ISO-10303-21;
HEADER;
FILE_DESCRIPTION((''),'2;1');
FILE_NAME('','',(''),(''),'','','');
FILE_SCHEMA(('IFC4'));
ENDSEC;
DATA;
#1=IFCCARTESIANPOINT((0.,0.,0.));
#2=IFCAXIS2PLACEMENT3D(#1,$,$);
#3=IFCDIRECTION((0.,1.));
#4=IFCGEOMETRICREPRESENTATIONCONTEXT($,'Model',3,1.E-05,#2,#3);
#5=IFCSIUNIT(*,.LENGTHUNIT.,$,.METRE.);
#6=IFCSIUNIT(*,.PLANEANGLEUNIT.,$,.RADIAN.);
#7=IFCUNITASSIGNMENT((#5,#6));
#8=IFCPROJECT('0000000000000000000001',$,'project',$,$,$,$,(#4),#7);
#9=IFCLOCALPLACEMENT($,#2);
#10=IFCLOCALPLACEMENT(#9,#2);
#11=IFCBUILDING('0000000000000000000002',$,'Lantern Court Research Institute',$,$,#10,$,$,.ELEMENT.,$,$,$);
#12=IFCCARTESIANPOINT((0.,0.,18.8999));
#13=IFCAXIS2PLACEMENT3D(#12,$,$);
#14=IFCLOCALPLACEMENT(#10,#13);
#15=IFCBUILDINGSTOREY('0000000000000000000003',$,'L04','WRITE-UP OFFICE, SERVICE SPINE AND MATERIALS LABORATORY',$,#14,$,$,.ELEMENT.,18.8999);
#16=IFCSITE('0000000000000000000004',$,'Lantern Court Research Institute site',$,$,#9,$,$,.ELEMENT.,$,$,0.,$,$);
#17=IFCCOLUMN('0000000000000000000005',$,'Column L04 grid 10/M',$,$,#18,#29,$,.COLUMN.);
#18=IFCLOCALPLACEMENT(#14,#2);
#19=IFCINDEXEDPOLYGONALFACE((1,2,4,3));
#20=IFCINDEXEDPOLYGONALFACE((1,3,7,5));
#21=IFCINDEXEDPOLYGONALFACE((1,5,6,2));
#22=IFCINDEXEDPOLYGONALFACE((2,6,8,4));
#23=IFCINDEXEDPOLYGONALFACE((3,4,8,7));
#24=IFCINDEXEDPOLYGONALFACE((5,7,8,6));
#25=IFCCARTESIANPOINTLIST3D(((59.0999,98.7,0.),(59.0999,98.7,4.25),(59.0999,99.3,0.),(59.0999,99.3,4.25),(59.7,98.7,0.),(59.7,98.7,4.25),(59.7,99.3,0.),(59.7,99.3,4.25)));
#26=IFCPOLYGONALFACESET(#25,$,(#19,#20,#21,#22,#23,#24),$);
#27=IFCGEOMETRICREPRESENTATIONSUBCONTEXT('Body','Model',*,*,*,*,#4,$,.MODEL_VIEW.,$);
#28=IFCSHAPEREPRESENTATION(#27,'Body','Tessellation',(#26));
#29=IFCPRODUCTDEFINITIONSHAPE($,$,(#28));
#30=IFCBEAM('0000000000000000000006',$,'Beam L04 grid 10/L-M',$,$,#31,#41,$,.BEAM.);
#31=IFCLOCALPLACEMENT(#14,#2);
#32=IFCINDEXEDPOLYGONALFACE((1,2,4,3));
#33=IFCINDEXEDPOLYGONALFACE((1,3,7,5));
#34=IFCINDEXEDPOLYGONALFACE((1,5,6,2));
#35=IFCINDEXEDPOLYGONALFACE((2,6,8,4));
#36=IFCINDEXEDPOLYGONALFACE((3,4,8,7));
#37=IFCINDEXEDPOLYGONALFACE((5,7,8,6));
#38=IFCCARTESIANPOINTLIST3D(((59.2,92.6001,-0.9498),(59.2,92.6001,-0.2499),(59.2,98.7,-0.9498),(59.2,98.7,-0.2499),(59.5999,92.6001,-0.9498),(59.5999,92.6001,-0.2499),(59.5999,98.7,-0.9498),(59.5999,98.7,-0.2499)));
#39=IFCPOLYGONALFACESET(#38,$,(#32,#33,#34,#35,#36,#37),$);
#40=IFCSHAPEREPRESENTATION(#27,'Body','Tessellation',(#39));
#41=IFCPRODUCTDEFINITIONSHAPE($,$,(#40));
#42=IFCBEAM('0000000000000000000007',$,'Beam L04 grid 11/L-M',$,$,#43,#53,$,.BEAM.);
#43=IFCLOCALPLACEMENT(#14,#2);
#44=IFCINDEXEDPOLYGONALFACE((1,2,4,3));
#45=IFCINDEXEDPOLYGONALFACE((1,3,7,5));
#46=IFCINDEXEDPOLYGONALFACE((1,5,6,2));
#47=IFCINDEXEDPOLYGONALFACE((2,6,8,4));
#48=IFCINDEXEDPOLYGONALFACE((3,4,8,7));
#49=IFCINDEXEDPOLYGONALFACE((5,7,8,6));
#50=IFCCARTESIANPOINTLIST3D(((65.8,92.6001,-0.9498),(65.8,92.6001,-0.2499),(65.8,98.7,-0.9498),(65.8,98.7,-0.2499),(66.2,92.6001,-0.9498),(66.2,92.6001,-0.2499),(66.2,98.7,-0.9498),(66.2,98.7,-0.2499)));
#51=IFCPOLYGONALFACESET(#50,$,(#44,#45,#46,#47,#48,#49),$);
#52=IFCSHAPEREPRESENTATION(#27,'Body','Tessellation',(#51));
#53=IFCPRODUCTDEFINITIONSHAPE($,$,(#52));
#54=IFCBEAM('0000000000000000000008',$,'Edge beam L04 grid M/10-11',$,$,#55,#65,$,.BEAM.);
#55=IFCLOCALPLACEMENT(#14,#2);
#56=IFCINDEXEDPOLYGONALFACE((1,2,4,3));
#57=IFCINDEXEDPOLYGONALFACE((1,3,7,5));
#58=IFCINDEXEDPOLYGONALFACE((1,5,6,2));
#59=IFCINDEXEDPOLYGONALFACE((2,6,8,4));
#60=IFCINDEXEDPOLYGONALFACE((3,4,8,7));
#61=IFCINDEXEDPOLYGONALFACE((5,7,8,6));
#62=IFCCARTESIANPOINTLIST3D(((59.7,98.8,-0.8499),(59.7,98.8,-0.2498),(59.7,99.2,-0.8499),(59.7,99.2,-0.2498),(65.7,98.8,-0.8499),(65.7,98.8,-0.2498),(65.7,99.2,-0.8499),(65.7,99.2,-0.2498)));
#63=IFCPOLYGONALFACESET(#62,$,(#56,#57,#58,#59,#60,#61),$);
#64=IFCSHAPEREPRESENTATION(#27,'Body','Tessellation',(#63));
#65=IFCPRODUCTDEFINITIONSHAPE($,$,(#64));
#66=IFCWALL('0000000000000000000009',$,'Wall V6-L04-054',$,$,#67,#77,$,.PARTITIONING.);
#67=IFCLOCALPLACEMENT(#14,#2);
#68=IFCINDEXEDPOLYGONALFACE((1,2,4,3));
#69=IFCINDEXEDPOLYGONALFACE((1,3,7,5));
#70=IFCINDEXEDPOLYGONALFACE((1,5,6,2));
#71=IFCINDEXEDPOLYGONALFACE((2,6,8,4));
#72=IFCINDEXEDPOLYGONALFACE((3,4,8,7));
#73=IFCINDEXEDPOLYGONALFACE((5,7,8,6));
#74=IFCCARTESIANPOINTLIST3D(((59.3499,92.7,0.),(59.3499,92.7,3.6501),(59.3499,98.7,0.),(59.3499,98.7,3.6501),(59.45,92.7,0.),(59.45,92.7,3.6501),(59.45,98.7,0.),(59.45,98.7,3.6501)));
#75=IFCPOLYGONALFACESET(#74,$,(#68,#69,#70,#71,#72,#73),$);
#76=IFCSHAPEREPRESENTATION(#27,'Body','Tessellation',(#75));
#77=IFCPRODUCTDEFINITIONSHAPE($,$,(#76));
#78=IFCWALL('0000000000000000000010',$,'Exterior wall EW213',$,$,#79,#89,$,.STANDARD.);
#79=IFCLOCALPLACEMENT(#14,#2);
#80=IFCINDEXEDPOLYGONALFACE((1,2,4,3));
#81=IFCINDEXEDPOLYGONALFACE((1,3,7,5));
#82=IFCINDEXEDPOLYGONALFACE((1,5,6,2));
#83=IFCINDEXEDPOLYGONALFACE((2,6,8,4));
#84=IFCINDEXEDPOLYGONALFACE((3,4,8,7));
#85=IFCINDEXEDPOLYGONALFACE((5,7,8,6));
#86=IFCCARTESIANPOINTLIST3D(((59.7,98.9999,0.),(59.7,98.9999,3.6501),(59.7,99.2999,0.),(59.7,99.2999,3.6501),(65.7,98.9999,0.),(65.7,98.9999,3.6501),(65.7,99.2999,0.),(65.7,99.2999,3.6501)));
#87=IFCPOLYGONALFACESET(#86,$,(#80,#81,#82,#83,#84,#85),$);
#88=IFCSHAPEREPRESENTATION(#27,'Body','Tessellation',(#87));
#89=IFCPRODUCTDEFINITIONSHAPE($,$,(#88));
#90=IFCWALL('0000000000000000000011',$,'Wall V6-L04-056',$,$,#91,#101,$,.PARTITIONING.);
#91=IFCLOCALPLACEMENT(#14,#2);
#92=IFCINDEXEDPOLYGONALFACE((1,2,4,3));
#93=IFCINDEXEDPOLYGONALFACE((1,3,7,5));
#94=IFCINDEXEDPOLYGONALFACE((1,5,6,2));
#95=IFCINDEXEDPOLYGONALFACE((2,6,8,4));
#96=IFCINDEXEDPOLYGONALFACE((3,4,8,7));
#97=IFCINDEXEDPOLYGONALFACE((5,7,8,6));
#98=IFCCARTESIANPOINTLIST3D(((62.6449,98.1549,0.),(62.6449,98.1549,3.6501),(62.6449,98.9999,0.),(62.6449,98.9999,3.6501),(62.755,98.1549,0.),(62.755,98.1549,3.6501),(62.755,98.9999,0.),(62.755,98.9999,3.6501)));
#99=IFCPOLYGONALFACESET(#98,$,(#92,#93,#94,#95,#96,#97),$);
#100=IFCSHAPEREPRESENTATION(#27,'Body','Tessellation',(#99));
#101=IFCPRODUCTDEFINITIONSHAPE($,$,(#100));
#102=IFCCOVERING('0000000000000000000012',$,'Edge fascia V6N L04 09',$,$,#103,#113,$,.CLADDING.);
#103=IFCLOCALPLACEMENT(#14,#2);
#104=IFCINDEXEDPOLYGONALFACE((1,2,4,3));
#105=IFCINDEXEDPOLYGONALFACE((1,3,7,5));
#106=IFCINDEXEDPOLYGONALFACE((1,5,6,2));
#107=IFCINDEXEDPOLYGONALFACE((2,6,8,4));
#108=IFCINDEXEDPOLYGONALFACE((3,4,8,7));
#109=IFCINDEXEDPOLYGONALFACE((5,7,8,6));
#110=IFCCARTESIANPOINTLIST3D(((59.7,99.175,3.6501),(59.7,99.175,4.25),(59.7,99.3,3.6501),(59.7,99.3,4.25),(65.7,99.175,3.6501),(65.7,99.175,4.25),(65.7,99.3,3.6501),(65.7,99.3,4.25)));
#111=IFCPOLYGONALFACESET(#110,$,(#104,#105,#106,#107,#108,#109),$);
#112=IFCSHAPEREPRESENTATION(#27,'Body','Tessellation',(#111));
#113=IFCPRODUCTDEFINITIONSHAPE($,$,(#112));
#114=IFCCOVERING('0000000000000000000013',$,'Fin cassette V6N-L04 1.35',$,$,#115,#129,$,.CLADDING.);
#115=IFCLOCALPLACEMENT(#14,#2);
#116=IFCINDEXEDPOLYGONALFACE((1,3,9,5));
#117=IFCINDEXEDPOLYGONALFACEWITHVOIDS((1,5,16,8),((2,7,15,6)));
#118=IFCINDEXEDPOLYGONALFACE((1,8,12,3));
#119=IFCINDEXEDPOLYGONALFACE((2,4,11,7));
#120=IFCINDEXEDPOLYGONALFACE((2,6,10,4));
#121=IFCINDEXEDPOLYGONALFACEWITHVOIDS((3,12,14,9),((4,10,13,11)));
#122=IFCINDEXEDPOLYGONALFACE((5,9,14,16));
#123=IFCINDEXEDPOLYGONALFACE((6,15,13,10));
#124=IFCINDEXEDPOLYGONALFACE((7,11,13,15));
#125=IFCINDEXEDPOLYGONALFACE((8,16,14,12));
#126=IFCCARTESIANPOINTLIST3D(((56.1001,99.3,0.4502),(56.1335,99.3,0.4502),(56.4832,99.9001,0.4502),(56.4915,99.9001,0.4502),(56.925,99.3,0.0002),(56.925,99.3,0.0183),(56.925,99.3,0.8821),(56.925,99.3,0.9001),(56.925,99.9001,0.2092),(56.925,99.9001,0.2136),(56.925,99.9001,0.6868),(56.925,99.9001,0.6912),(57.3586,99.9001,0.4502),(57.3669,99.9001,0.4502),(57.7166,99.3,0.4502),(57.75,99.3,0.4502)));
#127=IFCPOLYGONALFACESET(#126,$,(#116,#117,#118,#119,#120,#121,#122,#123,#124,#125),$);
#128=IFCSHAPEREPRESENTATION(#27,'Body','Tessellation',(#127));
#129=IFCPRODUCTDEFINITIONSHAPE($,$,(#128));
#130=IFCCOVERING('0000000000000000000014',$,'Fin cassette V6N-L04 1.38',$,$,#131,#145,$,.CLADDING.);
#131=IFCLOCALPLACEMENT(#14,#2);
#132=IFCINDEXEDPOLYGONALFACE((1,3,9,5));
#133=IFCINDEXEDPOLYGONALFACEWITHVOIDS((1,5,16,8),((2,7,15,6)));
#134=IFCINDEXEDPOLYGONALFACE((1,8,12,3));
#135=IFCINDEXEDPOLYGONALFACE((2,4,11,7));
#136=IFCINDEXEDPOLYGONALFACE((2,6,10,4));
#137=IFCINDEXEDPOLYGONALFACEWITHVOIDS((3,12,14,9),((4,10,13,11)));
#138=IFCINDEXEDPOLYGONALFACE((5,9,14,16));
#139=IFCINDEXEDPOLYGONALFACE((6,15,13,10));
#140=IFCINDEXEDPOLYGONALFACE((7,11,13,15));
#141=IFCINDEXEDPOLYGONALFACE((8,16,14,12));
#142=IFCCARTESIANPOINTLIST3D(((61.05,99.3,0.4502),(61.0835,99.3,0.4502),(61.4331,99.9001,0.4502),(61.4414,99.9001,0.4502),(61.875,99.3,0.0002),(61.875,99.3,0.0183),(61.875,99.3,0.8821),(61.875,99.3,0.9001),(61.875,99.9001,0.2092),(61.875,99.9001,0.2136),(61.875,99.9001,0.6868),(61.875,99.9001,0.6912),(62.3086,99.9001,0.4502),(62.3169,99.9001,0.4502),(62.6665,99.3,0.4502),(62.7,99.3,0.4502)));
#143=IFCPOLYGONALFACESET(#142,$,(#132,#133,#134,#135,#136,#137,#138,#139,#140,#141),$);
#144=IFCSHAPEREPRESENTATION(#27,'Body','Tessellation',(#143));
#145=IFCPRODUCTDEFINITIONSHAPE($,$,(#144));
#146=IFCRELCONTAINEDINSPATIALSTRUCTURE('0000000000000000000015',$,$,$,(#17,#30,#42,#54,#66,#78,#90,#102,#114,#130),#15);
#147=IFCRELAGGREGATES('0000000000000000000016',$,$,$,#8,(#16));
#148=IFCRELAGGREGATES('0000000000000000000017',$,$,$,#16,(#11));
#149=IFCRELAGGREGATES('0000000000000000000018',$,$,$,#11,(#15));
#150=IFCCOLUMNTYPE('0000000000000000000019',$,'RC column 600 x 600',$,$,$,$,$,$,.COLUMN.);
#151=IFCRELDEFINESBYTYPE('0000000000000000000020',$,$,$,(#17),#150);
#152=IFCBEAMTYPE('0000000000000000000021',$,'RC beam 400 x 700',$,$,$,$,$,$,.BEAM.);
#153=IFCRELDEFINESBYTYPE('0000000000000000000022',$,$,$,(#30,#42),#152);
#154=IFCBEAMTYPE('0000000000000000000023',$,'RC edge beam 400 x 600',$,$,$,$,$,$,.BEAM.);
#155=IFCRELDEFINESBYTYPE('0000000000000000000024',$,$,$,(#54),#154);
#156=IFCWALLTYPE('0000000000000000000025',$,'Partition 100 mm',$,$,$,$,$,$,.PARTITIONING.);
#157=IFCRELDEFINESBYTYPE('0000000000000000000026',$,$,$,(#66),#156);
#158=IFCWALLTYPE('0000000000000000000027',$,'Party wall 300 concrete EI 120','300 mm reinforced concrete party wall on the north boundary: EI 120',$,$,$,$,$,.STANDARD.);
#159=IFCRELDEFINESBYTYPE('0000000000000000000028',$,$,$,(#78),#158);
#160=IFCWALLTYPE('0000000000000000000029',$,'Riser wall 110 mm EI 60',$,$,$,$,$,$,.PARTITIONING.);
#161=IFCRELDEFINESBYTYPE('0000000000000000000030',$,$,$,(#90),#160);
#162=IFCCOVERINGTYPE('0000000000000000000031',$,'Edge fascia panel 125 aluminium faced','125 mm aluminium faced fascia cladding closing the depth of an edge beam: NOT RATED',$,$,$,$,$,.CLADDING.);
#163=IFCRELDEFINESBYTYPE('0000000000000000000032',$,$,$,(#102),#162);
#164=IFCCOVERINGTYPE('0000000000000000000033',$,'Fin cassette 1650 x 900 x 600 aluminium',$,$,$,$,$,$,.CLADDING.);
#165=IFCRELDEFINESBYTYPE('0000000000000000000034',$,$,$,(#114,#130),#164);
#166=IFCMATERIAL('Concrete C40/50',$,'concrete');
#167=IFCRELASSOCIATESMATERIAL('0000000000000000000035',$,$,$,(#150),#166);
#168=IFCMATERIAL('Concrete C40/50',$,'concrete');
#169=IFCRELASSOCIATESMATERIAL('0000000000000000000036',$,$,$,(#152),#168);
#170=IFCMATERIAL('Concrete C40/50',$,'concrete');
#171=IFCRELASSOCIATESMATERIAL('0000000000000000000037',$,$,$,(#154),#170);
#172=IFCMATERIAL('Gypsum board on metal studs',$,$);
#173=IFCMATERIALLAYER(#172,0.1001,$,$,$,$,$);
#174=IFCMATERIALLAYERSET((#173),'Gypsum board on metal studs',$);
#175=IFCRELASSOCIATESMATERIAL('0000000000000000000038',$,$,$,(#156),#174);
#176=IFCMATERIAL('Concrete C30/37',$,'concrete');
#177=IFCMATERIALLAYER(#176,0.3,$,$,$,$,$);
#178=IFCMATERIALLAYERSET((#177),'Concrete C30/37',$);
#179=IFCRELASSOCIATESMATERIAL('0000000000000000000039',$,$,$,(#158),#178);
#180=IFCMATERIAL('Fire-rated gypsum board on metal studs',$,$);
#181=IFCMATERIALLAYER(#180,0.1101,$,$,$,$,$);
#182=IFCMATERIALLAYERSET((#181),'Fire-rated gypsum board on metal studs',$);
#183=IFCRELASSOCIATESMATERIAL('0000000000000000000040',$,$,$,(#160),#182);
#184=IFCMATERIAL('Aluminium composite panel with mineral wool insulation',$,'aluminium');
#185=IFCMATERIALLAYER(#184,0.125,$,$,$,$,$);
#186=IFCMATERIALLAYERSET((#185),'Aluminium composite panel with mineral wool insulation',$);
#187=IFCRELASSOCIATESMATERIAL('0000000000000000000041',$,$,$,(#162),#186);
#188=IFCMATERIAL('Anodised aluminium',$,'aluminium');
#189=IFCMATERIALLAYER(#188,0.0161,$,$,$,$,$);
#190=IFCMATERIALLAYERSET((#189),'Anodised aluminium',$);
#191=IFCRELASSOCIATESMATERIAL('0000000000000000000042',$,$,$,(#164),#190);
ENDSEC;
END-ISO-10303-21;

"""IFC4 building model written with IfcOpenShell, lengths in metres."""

from ifc_helpers import new_model, entity, si_unit, direction, frame, frame_2d, origin, origin_2d, place, context, subcontext, project, spatial, rectangle, extrude, material, layer, layer_set, material_profile, profile_set, type_object, element, save


model = new_model("IFC4")

# Units and contexts
model_context = context("Model", 3, precision=1e-05, world=origin(), true_north=direction((0.0, 1.0)))
body_context = subcontext(model_context, "Body", "Model", "MODEL_VIEW")
ifc_project = project(units=[si_unit("LENGTHUNIT", "METRE"), si_unit("PLANEANGLEUNIT", "RADIAN")], contexts=[model_context])

# Site, building, storey
site_placement = place(None, origin())
site = spatial("IfcSite", under=ifc_project, at=site_placement, Name="Lantern Court Research Institute site", CompositionType="ELEMENT", RefElevation=0.0)
building_placement = place(site_placement, origin())
building = spatial("IfcBuilding", under=site, at=building_placement, Name="Lantern Court Research Institute", CompositionType="ELEMENT")
storey_placement = place(building_placement, frame((0.0, 0.0, 18.8999)))
storey = spatial("IfcBuildingStorey", under=building, at=storey_placement, Name="L04", Description="WRITE-UP OFFICE, SERVICE SPINE AND MATERIALS LABORATORY", CompositionType="ELEMENT", Elevation=18.8999)

# Column
ifc_material_1 = material(Name="Concrete C40/50", Category="concrete")
ifc_material_profile_1 = material_profile(ifc_material_1, rectangle(XDim=0.6001, YDim=0.6001, at=origin_2d()), Name="RC column 600 x 600")
ifc_profile_set_1 = profile_set([ifc_material_profile_1], Name="Concrete C40/50")
column_type = type_object("IfcColumnType", Name="RC column 600 x 600", PredefinedType="COLUMN", material=ifc_profile_set_1)
column_placement = place(storey_placement, frame((59.3999, 99.0, 0.0), z_axis=(0.0, 0.0, 1.0), x_axis=(1.0, 0.0, 0.0)))
element("IfcColumn", 1, at=column_placement, inside=storey, type_object=column_type, Name="Column L04 grid 10/M", PredefinedType="COLUMN", context=body_context, shape_type="SweptSolid", body=[
    extrude(rectangle(XDim=0.6001, YDim=0.6001, at=origin_2d()), origin(), (0.0, 0.0, 1.0), 4.25),
])

# Beams
ifc_material_2 = material(Name="Concrete C40/50", Category="concrete")
ifc_material_profile_2 = material_profile(ifc_material_2, rectangle(XDim=0.3999, YDim=0.7, at=origin_2d()), Name="RC beam 400 x 700")
ifc_profile_set_2 = profile_set([ifc_material_profile_2], Name="Concrete C40/50")
beam_type_1 = type_object("IfcBeamType", Name="RC beam 400 x 700", PredefinedType="BEAM", material=ifc_profile_set_2)
for number, where, z_axis, x_axis, name in (
    (2, (59.3999, 92.6001, -0.5999), (0.0, 1.0, 0.0), (-1.0, 0.0, 0.0), "Beam L04 grid 10/L-M"),
    (3, (66.0, 92.6001, -0.5999), (0.0, 1.0, 0.0), (-1.0, 0.0, 0.0), "Beam L04 grid 11/L-M"),
):
    element("IfcBeam", number, at=place(storey_placement, frame(where, z_axis=z_axis, x_axis=x_axis)), inside=storey, type_object=beam_type_1, Name=name, PredefinedType="BEAM", context=body_context, shape_type="SweptSolid", body=[
        extrude(rectangle(XDim=0.3999, YDim=0.7, at=origin_2d()), origin(), (0.0, 0.0, 1.0), 6.0999),
    ])
ifc_material_3 = material(Name="Concrete C40/50", Category="concrete")
ifc_material_profile_3 = material_profile(ifc_material_3, rectangle(XDim=0.3999, YDim=0.6001, at=origin_2d()), Name="RC beam 400 x 600")
ifc_profile_set_3 = profile_set([ifc_material_profile_3], Name="Concrete C40/50")
beam_type_2 = type_object("IfcBeamType", Name="RC edge beam 400 x 600", PredefinedType="BEAM", material=ifc_profile_set_3)
beam_placement = place(storey_placement, frame((59.7, 99.0, -0.5498), z_axis=(1.0, 0.0, 0.0), x_axis=(0.0, 1.0, 0.0)))
element("IfcBeam", 4, at=beam_placement, inside=storey, type_object=beam_type_2, Name="Edge beam L04 grid M/10-11", PredefinedType="BEAM", context=body_context, shape_type="SweptSolid", body=[
    extrude(rectangle(XDim=0.3999, YDim=0.6001, at=origin_2d()), origin(), (0.0, 0.0, 1.0), 6.0),
])

# Walls
ifc_material_4 = material(Name="Gypsum board on metal studs")
ifc_layer_1 = layer(ifc_material_4, 0.1001)
ifc_layer_set_1 = layer_set([ifc_layer_1], Name="Gypsum board on metal studs")
wall_type_1 = type_object("IfcWallType", Name="Partition 100 mm", PredefinedType="PARTITIONING", material=ifc_layer_set_1)
wall_1_placement = place(storey_placement, frame((59.3999, 92.7, 0.0), z_axis=(0.0, 0.0, 1.0), x_axis=(0.0, 1.0, 0.0)))
element("IfcWall", 5, at=wall_1_placement, inside=storey, type_object=wall_type_1, Name="Wall V6-L04-054", PredefinedType="PARTITIONING", context=body_context, shape_type="SweptSolid", body=[
    extrude(rectangle(XDim=6.0, YDim=0.1001, at=frame_2d((3.0, 0.0))), origin(), (0.0, 0.0, 1.0), 3.6501),
])
ifc_material_5 = material(Name="Concrete C30/37", Category="concrete")
ifc_layer_2 = layer(ifc_material_5, 0.3)
ifc_layer_set_2 = layer_set([ifc_layer_2], Name="Concrete C30/37")
wall_type_2 = type_object("IfcWallType", Name="Party wall 300 concrete EI 120", Description="300 mm reinforced concrete party wall on the north boundary: EI 120", PredefinedType="STANDARD", material=ifc_layer_set_2)
wall_2_placement = place(storey_placement, frame((59.7, 99.1499, 0.0), z_axis=(0.0, 0.0, 1.0), x_axis=(1.0, 0.0, 0.0)))
element("IfcWall", 6, at=wall_2_placement, inside=storey, type_object=wall_type_2, Name="Exterior wall EW213", PredefinedType="STANDARD", context=body_context, shape_type="SweptSolid", body=[
    extrude(rectangle(XDim=6.0, YDim=0.3, at=frame_2d((3.0, 0.0))), origin(), (0.0, 0.0, 1.0), 3.6501),
])
ifc_material_6 = material(Name="Fire-rated gypsum board on metal studs")
ifc_layer_3 = layer(ifc_material_6, 0.1101)
ifc_layer_set_3 = layer_set([ifc_layer_3], Name="Fire-rated gypsum board on metal studs")
wall_type_3 = type_object("IfcWallType", Name="Riser wall 110 mm EI 60", PredefinedType="PARTITIONING", material=ifc_layer_set_3)
wall_3_placement = place(storey_placement, frame((62.7, 98.155, 0.0), z_axis=(0.0, 0.0, 1.0), x_axis=(0.0, 1.0, 0.0)))
element("IfcWall", 7, at=wall_3_placement, inside=storey, type_object=wall_type_3, Name="Wall V6-L04-056", PredefinedType="PARTITIONING", context=body_context, shape_type="SweptSolid", body=[
    extrude(rectangle(XDim=0.845, YDim=0.1101, at=frame_2d((0.4224, 0.0))), origin(), (0.0, 0.0, 1.0), 3.6501),
])

# Coverings
ifc_material_7 = material(Name="Aluminium composite panel with mineral wool insulation", Category="aluminium")
ifc_layer_4 = layer(ifc_material_7, 0.125)
ifc_layer_set_4 = layer_set([ifc_layer_4], Name="Aluminium composite panel with mineral wool insulation")
covering_type_1 = type_object("IfcCoveringType", Name="Edge fascia panel 125 aluminium faced", Description="125 mm aluminium faced fascia cladding closing the depth of an edge beam: NOT RATED", PredefinedType="CLADDING", material=ifc_layer_set_4)
covering_1_placement = place(storey_placement, frame((59.7, 99.2375, 3.6501), z_axis=(0.0, 0.0, 1.0), x_axis=(1.0, 0.0, 0.0)))
element("IfcCovering", 8, at=covering_1_placement, inside=storey, type_object=covering_type_1, Name="Edge fascia V6N L04 09", PredefinedType="CLADDING", context=body_context, shape_type="SweptSolid", body=[
    extrude(rectangle(XDim=6.0, YDim=0.125, at=frame_2d((3.0, 0.0))), origin(), (0.0, 0.0, 1.0), 0.5999),
])
ifc_material_8 = material(Name="Anodised aluminium", Category="aluminium")
ifc_layer_5 = layer(ifc_material_8, 0.0161)
ifc_layer_set_5 = layer_set([ifc_layer_5], Name="Anodised aluminium")
covering_type_2 = type_object("IfcCoveringType", Name="Fin cassette 1650 x 900 x 600 aluminium", PredefinedType="CLADDING", material=ifc_layer_set_5)
covering_2_placement = place(storey_placement, frame((56.925, 99.3, 0.4502), z_axis=(0.0, 1.0, 0.0), x_axis=(-1.0, 0.0, 0.0)))
cartesian_point_1 = entity("IfcCartesianPoint", [0.825, 0.0])
cartesian_point_2 = entity("IfcCartesianPoint", [0.7915, 0.0])
cartesian_point_3 = entity("IfcCartesianPoint", [0.4419, 0.0])
cartesian_point_4 = entity("IfcCartesianPoint", [0.4336, 0.0])
element("IfcCovering", 9, at=covering_2_placement, inside=storey, type_object=covering_type_2, Name="Fin cassette V6N-L04 1.35", PredefinedType="CLADDING", context=body_context, shape_type="SweptSolid", body=[
    entity("IfcExtrudedAreaSolidTapered", entity("IfcArbitraryProfileDefWithVoids", "AREA", None, entity("IfcPolyline", [cartesian_point_1, entity("IfcCartesianPoint", [0.0, 0.45]), entity("IfcCartesianPoint", [-0.825, 0.0]), entity("IfcCartesianPoint", [0.0, -0.45]), cartesian_point_1]), [entity("IfcPolyline", [cartesian_point_2, entity("IfcCartesianPoint", [0.0, 0.4319]), entity("IfcCartesianPoint", [-0.7915, 0.0]), entity("IfcCartesianPoint", [0.0, -0.4319]), cartesian_point_2])]), entity("IfcAxis2Placement3D", entity("IfcCartesianPoint", [0.0, 0.0, 0.0])), entity("IfcDirection", [0.0, 0.0, 1.0]), 0.6001, entity("IfcArbitraryProfileDefWithVoids", "AREA", None, entity("IfcPolyline", [cartesian_point_3, entity("IfcCartesianPoint", [0.0, 0.241]), entity("IfcCartesianPoint", [-0.4419, 0.0]), entity("IfcCartesianPoint", [0.0, -0.241]), cartesian_point_3]), [entity("IfcPolyline", [cartesian_point_4, entity("IfcCartesianPoint", [0.0, 0.2366]), entity("IfcCartesianPoint", [-0.4336, 0.0]), entity("IfcCartesianPoint", [0.0, -0.2366]), cartesian_point_4])])),
])
covering_3_placement = place(storey_placement, frame((61.875, 99.3, 0.4502), z_axis=(0.0, 1.0, 0.0), x_axis=(-1.0, 0.0, 0.0)))
cartesian_point_5 = entity("IfcCartesianPoint", [0.825, 0.0])
cartesian_point_6 = entity("IfcCartesianPoint", [0.7915, 0.0])
cartesian_point_7 = entity("IfcCartesianPoint", [0.4419, 0.0])
cartesian_point_8 = entity("IfcCartesianPoint", [0.4336, 0.0])
element("IfcCovering", 10, at=covering_3_placement, inside=storey, type_object=covering_type_2, Name="Fin cassette V6N-L04 1.38", PredefinedType="CLADDING", context=body_context, shape_type="SweptSolid", body=[
    entity("IfcExtrudedAreaSolidTapered", entity("IfcArbitraryProfileDefWithVoids", "AREA", None, entity("IfcPolyline", [cartesian_point_5, entity("IfcCartesianPoint", [0.0, 0.45]), entity("IfcCartesianPoint", [-0.825, 0.0]), entity("IfcCartesianPoint", [0.0, -0.45]), cartesian_point_5]), [entity("IfcPolyline", [cartesian_point_6, entity("IfcCartesianPoint", [0.0, 0.4319]), entity("IfcCartesianPoint", [-0.7915, 0.0]), entity("IfcCartesianPoint", [0.0, -0.4319]), cartesian_point_6])]), entity("IfcAxis2Placement3D", entity("IfcCartesianPoint", [0.0, 0.0, 0.0])), entity("IfcDirection", [0.0, 0.0, 1.0]), 0.6001, entity("IfcArbitraryProfileDefWithVoids", "AREA", None, entity("IfcPolyline", [cartesian_point_7, entity("IfcCartesianPoint", [0.0, 0.241]), entity("IfcCartesianPoint", [-0.4419, 0.0]), entity("IfcCartesianPoint", [0.0, -0.241]), cartesian_point_7]), [entity("IfcPolyline", [cartesian_point_8, entity("IfcCartesianPoint", [0.0, 0.2366]), entity("IfcCartesianPoint", [-0.4336, 0.0]), entity("IfcCartesianPoint", [0.0, -0.2366]), cartesian_point_8])])),
])

save(model, "model.ifc")
